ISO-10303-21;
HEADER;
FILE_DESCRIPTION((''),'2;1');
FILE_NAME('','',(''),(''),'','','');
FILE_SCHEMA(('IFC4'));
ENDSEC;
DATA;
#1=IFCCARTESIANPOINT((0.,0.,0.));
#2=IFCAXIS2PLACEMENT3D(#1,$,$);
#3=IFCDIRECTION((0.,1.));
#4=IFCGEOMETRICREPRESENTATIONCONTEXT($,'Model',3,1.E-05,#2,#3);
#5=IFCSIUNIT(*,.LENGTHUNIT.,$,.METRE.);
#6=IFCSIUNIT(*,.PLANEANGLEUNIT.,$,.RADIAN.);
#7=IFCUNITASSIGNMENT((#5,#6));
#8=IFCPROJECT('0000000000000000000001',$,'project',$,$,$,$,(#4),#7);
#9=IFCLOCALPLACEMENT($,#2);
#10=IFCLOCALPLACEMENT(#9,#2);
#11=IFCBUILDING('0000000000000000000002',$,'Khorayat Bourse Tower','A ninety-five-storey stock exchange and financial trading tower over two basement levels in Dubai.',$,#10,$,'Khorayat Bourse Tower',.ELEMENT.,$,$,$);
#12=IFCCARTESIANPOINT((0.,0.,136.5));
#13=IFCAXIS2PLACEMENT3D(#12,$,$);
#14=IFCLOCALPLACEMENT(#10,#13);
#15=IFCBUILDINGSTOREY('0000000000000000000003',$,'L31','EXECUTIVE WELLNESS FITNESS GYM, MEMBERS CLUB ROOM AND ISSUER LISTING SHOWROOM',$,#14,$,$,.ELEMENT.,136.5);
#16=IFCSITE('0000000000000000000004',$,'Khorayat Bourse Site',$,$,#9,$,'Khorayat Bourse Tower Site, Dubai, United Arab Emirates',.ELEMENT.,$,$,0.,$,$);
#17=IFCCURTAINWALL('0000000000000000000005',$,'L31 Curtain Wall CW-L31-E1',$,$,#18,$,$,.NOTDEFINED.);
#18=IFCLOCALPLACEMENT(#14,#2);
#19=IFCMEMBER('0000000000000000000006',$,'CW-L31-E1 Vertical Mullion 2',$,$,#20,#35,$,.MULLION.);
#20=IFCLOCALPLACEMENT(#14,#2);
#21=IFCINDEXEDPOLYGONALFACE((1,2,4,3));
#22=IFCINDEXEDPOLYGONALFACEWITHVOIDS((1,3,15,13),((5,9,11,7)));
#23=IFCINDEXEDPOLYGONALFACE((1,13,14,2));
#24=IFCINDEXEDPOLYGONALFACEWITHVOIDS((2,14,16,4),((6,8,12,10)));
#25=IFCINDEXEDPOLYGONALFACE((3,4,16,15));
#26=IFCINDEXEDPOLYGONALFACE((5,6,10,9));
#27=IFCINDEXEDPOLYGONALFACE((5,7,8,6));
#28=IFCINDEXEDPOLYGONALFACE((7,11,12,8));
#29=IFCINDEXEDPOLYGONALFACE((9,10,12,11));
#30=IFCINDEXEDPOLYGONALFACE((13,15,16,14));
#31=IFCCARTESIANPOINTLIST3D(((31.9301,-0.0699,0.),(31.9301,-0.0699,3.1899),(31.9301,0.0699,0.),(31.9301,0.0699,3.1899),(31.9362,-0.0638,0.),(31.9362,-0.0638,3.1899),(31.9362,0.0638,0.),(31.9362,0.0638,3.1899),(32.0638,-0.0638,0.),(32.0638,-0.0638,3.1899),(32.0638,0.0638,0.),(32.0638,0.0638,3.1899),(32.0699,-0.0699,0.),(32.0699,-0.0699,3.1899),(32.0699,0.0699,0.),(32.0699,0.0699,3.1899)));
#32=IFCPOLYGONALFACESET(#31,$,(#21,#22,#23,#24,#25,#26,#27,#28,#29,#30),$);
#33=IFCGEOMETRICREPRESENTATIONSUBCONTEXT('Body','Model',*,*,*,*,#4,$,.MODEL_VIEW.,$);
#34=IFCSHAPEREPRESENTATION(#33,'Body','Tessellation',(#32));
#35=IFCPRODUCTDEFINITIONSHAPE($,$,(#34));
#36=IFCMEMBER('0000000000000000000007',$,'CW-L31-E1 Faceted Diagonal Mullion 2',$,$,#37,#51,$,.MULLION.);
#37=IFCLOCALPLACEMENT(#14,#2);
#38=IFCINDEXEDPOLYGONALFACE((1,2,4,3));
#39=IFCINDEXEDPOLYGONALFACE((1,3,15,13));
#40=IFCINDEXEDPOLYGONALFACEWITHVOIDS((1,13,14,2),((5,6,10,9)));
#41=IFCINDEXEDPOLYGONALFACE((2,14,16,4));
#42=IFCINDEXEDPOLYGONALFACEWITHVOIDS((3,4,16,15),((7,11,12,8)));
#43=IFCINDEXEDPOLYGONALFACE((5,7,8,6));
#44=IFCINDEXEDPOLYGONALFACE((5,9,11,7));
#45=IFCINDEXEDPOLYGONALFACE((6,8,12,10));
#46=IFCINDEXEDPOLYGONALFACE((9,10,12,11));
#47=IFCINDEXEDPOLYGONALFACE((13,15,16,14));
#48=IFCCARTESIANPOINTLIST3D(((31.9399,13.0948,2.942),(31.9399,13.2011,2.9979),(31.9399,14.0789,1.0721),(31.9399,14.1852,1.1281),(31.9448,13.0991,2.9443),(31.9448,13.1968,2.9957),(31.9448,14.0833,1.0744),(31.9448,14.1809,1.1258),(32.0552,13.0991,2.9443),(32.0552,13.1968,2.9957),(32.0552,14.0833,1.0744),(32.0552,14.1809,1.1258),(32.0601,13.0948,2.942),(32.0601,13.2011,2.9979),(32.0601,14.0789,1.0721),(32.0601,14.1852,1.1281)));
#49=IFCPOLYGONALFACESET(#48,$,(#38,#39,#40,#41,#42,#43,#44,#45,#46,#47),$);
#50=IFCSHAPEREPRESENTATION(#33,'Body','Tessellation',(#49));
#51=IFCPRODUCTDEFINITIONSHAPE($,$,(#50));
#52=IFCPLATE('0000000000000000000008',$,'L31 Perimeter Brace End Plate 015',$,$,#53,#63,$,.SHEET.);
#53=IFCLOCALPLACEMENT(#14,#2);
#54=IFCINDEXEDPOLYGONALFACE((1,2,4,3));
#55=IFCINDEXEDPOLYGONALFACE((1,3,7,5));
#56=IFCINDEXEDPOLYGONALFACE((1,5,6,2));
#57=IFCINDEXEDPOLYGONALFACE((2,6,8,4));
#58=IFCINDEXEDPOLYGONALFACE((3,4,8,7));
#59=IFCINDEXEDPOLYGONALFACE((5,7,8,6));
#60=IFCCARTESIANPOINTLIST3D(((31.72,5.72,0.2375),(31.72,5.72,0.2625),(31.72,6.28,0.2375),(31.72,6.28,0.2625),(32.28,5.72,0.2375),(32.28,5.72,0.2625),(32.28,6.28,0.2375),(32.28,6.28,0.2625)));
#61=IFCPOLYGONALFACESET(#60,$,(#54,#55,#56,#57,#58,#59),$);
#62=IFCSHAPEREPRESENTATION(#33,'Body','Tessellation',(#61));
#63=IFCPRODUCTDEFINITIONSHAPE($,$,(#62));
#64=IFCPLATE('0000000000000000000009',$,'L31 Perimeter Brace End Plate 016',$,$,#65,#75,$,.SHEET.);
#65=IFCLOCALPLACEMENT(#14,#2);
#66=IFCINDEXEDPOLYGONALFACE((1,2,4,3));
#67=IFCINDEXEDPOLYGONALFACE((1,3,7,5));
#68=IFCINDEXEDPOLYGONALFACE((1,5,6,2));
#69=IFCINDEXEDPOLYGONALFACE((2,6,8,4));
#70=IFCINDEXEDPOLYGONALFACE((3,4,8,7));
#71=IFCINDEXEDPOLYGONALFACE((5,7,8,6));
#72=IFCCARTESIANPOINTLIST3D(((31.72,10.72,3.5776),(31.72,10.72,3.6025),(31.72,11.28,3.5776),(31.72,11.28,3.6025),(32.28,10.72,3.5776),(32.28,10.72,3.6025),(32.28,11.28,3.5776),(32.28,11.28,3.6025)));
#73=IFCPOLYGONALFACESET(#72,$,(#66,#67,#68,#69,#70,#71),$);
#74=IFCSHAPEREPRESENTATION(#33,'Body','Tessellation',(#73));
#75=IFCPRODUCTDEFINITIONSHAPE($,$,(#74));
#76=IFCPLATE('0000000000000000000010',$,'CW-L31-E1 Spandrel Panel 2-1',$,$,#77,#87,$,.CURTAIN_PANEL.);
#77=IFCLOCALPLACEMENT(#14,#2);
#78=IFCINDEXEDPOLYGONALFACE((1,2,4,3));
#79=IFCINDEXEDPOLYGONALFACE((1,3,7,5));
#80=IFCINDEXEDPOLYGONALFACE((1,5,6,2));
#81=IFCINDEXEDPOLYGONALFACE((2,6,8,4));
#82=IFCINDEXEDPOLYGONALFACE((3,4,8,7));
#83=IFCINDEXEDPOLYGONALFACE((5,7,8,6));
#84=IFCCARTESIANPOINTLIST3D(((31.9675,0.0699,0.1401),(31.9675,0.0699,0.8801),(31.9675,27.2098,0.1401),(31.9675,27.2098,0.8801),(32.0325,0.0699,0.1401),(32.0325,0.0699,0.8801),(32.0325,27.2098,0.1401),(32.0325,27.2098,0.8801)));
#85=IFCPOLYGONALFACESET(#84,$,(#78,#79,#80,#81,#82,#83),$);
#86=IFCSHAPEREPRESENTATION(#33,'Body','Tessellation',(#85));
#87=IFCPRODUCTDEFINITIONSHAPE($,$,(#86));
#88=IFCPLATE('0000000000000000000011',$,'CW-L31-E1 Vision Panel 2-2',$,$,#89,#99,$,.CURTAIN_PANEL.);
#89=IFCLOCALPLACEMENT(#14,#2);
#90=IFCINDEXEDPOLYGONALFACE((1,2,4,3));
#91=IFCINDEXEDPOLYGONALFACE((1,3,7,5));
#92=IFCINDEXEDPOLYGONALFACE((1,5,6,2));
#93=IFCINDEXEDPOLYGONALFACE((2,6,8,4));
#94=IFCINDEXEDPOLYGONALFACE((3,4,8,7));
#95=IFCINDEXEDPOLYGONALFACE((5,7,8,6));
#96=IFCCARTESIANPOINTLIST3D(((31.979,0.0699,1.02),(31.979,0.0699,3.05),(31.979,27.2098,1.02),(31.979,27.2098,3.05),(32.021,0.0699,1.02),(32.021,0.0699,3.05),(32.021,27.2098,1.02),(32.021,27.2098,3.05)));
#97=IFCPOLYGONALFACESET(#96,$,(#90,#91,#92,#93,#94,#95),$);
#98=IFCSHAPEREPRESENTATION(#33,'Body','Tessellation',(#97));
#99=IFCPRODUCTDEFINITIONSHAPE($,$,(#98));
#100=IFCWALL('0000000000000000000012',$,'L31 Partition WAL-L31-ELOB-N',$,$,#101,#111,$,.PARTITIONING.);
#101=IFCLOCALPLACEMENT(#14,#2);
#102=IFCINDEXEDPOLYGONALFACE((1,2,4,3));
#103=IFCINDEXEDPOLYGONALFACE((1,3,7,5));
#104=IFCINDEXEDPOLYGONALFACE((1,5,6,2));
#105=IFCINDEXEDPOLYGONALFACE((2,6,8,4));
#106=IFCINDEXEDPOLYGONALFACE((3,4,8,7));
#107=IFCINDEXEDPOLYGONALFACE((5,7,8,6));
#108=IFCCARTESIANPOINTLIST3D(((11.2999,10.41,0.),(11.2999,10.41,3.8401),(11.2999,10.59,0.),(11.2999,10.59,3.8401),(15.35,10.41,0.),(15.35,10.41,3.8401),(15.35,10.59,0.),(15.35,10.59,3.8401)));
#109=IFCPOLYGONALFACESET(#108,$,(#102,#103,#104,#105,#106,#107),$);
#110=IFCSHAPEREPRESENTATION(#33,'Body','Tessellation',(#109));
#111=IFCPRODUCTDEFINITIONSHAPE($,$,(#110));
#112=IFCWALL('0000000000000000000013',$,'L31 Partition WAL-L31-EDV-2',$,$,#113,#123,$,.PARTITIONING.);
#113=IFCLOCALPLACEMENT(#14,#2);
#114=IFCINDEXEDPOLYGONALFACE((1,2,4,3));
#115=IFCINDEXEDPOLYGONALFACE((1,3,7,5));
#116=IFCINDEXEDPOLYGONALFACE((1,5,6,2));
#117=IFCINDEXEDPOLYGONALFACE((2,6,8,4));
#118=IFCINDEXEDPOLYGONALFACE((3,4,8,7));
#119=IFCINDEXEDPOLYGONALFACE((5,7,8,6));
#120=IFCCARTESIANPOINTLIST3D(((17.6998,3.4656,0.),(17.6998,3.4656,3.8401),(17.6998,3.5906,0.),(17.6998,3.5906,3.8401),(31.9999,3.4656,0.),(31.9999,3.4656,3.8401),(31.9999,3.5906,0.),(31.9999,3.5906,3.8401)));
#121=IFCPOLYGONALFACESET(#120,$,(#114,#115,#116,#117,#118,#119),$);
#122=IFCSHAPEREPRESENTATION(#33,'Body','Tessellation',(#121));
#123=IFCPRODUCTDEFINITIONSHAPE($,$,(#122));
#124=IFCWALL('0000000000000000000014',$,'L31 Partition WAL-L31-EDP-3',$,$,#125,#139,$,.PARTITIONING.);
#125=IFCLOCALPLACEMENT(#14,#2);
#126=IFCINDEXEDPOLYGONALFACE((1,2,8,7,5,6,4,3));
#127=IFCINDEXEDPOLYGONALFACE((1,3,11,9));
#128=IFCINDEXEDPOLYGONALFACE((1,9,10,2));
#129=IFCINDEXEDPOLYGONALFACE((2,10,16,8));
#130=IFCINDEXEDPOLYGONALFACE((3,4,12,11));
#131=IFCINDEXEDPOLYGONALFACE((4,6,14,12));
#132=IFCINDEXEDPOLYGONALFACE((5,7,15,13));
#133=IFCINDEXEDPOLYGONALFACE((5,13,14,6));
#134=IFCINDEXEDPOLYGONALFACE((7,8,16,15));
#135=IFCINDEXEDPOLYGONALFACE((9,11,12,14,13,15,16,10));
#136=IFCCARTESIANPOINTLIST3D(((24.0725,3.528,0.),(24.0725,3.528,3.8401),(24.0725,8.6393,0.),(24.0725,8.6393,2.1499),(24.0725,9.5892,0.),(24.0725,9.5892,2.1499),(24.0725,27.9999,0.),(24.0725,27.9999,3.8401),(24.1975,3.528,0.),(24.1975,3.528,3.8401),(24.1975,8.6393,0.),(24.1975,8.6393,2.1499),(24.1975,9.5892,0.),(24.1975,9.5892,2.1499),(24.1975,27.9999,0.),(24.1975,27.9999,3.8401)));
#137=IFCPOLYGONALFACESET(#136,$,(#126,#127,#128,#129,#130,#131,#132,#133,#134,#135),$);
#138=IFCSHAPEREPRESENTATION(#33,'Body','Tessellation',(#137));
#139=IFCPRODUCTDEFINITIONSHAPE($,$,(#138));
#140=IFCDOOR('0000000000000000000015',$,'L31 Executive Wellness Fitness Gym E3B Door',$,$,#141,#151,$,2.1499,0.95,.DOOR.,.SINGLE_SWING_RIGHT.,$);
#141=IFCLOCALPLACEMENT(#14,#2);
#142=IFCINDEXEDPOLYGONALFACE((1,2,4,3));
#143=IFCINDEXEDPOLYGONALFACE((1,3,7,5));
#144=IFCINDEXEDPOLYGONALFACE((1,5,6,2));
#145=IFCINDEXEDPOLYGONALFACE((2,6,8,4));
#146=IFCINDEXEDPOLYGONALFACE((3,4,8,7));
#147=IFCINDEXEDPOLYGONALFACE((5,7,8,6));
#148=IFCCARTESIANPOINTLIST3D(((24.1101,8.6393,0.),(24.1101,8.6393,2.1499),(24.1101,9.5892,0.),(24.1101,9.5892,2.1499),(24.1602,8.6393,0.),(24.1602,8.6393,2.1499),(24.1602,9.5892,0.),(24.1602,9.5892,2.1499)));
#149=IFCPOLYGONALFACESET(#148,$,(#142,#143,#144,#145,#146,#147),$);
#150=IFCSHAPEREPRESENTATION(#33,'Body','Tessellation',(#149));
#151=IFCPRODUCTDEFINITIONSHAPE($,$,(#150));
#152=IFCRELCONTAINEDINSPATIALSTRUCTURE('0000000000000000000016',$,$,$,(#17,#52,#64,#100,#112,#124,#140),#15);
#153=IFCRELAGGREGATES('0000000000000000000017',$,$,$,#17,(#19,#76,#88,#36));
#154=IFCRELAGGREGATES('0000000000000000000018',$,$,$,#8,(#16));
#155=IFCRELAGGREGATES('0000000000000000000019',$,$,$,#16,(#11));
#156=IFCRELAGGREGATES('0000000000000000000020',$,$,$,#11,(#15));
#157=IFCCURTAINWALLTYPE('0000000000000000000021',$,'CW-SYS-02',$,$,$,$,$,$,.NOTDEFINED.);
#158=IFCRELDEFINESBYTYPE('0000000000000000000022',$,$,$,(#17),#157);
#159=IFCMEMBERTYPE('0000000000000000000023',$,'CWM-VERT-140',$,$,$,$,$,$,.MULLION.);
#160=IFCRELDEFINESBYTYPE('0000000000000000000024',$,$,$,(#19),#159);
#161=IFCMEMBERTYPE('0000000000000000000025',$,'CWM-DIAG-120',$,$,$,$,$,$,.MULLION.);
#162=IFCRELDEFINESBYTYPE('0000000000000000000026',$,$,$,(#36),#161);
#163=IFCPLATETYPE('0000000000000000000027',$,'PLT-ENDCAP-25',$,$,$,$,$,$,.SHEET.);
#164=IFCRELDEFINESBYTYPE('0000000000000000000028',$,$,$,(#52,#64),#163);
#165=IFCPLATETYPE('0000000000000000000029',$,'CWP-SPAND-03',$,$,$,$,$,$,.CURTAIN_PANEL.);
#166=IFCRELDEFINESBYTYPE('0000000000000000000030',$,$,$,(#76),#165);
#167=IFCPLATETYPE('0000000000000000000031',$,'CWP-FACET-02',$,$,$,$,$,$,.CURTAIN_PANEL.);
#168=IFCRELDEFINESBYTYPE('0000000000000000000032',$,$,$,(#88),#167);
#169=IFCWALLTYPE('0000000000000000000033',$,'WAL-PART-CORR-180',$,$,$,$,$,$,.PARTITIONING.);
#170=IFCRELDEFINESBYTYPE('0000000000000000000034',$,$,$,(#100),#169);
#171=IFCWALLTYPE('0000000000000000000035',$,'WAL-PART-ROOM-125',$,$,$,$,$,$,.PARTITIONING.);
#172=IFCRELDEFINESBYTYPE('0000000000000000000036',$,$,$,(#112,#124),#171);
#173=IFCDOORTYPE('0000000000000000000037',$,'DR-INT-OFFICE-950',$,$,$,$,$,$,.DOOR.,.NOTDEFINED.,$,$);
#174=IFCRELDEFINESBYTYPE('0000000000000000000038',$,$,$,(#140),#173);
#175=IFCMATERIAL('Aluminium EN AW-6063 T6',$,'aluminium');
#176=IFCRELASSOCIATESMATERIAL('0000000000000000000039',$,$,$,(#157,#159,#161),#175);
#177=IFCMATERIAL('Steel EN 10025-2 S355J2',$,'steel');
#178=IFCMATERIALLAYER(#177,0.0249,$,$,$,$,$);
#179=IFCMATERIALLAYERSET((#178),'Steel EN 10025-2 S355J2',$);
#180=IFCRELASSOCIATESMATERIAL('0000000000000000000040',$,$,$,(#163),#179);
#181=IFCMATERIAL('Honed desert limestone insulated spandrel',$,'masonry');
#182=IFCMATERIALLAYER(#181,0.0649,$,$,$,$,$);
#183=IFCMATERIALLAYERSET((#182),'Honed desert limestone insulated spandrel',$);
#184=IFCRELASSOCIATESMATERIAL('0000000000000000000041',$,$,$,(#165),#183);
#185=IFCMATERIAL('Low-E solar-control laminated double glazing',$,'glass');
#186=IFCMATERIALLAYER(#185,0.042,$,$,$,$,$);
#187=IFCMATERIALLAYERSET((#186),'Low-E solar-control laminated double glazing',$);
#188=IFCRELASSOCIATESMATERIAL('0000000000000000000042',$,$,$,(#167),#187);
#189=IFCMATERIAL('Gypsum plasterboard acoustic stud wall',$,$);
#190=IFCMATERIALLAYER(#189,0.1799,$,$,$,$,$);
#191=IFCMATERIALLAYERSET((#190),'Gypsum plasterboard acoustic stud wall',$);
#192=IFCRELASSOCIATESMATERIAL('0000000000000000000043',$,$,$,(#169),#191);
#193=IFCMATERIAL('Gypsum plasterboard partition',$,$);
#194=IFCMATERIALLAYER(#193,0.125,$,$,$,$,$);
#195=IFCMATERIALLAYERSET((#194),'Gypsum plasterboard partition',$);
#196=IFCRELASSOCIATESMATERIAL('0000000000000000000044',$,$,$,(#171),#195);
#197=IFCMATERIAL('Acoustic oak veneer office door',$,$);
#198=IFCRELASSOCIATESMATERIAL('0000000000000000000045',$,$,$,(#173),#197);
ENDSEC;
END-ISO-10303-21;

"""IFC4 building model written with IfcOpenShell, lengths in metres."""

from ifc_helpers import new_model, si_unit, direction, frame, frame_2d, origin, origin_2d, place, context, subcontext, project, spatial, rectangle, hollow_rectangle, extrude, source, transform, mapped, material, layer, layer_set, material_profile, profile_set, type_object, element, fill, aggregate, save


model = new_model("IFC4")

# Units and contexts
model_context = context("Model", 3, precision=1e-05, world=origin(), true_north=direction((0.0, 1.0)))
body_context = subcontext(model_context, "Body", "Model", "MODEL_VIEW")
ifc_project = project(units=[si_unit("LENGTHUNIT", "METRE"), si_unit("PLANEANGLEUNIT", "RADIAN")], contexts=[model_context])

# Site, building, storey
site_placement = place(None, origin())
site = spatial("IfcSite", under=ifc_project, at=site_placement, Name="Khorayat Bourse Site", LongName="Khorayat Bourse Tower Site, Dubai, United Arab Emirates", CompositionType="ELEMENT", RefElevation=0.0)
building_placement = place(site_placement, origin())
building = spatial("IfcBuilding", under=site, at=building_placement, Name="Khorayat Bourse Tower", Description="A ninety-five-storey stock exchange and financial trading tower over two basement levels in Dubai.", LongName="Khorayat Bourse Tower", CompositionType="ELEMENT")
storey_placement = place(building_placement, frame((0.0, 0.0, 136.5)))
storey = spatial("IfcBuildingStorey", under=building, at=storey_placement, Name="L31", Description="EXECUTIVE WELLNESS FITNESS GYM, MEMBERS CLUB ROOM AND ISSUER LISTING SHOWROOM", CompositionType="ELEMENT", Elevation=136.5)

# Curtain wall, members
ifc_material_1 = material(Name="Aluminium EN AW-6063 T6", Category="aluminium")
curtain_wall_type = type_object("IfcCurtainWallType", Name="CW-SYS-02", PredefinedType="NOTDEFINED", material=ifc_material_1)
curtain_wall_placement = place(storey_placement, origin())
curtain_wall = element("IfcCurtainWall", 1, at=curtain_wall_placement, inside=storey, type_object=curtain_wall_type, Name="L31 Curtain Wall CW-L31-E1", PredefinedType="NOTDEFINED")
ifc_material_profile_1 = material_profile(ifc_material_1, hollow_rectangle(XDim=0.1399, YDim=0.1399, WallThickness=0.0061, at=origin_2d()), Name="ALU 140x140x6")
ifc_profile_set_1 = profile_set([ifc_material_profile_1], Name="Aluminium EN AW-6063 T6")
member_type_1 = type_object("IfcMemberType", Name="CWM-VERT-140", PredefinedType="MULLION", material=ifc_profile_set_1)
shared_shape_1 = source(origin(), body_context, "Body", "SweptSolid", [
    extrude(hollow_rectangle(XDim=0.1399, YDim=0.1399, WallThickness=0.0061, at=origin_2d()), origin(), (0.0, 0.0, 1.0), 3.1899),
])
member_1_placement = place(storey_placement, frame((32.0, 0.0, 0.0), z_axis=(0.0, 0.0, 1.0), x_axis=(-1.0, 0.0, 0.0)))
member_1 = element("IfcMember", 2, at=member_1_placement, type_object=member_type_1, Name="CW-L31-E1 Vertical Mullion 2", PredefinedType="MULLION", context=body_context, shape_type="MappedRepresentation", body=[
    mapped(shared_shape_1, transform((0.0, 0.0, 0.0), scale=1.0)),
])
ifc_material_profile_2 = material_profile(ifc_material_1, hollow_rectangle(XDim=0.1201, YDim=0.1201, WallThickness=0.0049, at=origin_2d()), Name="ALU 120x120x5")
ifc_profile_set_2 = profile_set([ifc_material_profile_2], Name="Aluminium EN AW-6063 T6")
member_type_2 = type_object("IfcMemberType", Name="CWM-DIAG-120", PredefinedType="MULLION", material=ifc_profile_set_2)
shared_shape_2 = source(origin(), body_context, "Body", "SweptSolid", [
    extrude(hollow_rectangle(XDim=0.1201, YDim=0.1201, WallThickness=0.0049, at=origin_2d()), origin(), (0.0, 0.0, 1.0), 2.113),
])
member_2_placement = place(storey_placement, frame((32.0, 14.1321, 1.1001), z_axis=(0.0, -0.465742, 0.884921), x_axis=(1.0, 0.0, 0.0)))
member_2 = element("IfcMember", 3, at=member_2_placement, type_object=member_type_2, Name="CW-L31-E1 Faceted Diagonal Mullion 2", PredefinedType="MULLION", context=body_context, shape_type="MappedRepresentation", body=[
    mapped(shared_shape_2, transform((0.0, 0.0, 0.0), scale=1.0)),
])

# Plates
ifc_material_2 = material(Name="Steel EN 10025-2 S355J2", Category="steel")
ifc_layer_1 = layer(ifc_material_2, 0.0249)
ifc_layer_set_1 = layer_set([ifc_layer_1], Name="Steel EN 10025-2 S355J2")
plate_type_1 = type_object("IfcPlateType", Name="PLT-ENDCAP-25", PredefinedType="SHEET", material=ifc_layer_set_1)
shared_shape_3 = source(origin(), body_context, "Body", "SweptSolid", [
    extrude(rectangle(XDim=0.5601, YDim=0.5601, at=origin_2d()), origin(), (0.0, 0.0, 1.0), 0.0249),
])
for number, where, z_axis, x_axis, name in (
    (4, (32.0, 6.0, 0.2375), (0.0, 0.0, 1.0), (1.0, 0.0, 0.0), "L31 Perimeter Brace End Plate 015"),
    (5, (32.0, 11.0, 3.5776), (0.0, 0.0, 1.0), (1.0, 0.0, 0.0), "L31 Perimeter Brace End Plate 016"),
):
    element("IfcPlate", number, at=place(storey_placement, frame(where, z_axis=z_axis, x_axis=x_axis)), inside=storey, type_object=plate_type_1, Name=name, PredefinedType="SHEET", context=body_context, shape_type="MappedRepresentation", body=[
        mapped(shared_shape_3, transform((0.0, 0.0, 0.0), scale=1.0)),
    ])

# Plates
ifc_material_3 = material(Name="Honed desert limestone insulated spandrel", Category="masonry")
ifc_layer_2 = layer(ifc_material_3, 0.0649)
ifc_layer_set_2 = layer_set([ifc_layer_2], Name="Honed desert limestone insulated spandrel")
plate_type_2 = type_object("IfcPlateType", Name="CWP-SPAND-03", PredefinedType="CURTAIN_PANEL", material=ifc_layer_set_2)
shared_shape_4 = source(origin(), body_context, "Body", "SweptSolid", [
    extrude(rectangle(XDim=27.1399, YDim=0.0649, at=origin_2d()), origin(), (0.0, 0.0, 1.0), 0.74),
])
plate_1_placement = place(storey_placement, frame((32.0, 13.6399, 0.1401), z_axis=(0.0, 0.0, 1.0), x_axis=(0.0, 1.0, 0.0)))
plate_1 = element("IfcPlate", 6, at=plate_1_placement, type_object=plate_type_2, Name="CW-L31-E1 Spandrel Panel 2-1", PredefinedType="CURTAIN_PANEL", context=body_context, shape_type="MappedRepresentation", body=[
    mapped(shared_shape_4, transform((0.0, 0.0, 0.0), scale=1.0)),
])
ifc_material_4 = material(Name="Low-E solar-control laminated double glazing", Category="glass")
ifc_layer_3 = layer(ifc_material_4, 0.042)
ifc_layer_set_3 = layer_set([ifc_layer_3], Name="Low-E solar-control laminated double glazing")
plate_type_3 = type_object("IfcPlateType", Name="CWP-FACET-02", PredefinedType="CURTAIN_PANEL", material=ifc_layer_set_3)
shared_shape_5 = source(origin(), body_context, "Body", "SweptSolid", [
    extrude(rectangle(XDim=27.1399, YDim=0.042, at=origin_2d()), origin(), (0.0, 0.0, 1.0), 2.03),
])
plate_2_placement = place(storey_placement, frame((32.0, 13.6399, 1.02), z_axis=(0.0, 0.0, 1.0), x_axis=(0.0, 1.0, 0.0)))
plate_2 = element("IfcPlate", 7, at=plate_2_placement, type_object=plate_type_3, Name="CW-L31-E1 Vision Panel 2-2", PredefinedType="CURTAIN_PANEL", context=body_context, shape_type="MappedRepresentation", body=[
    mapped(shared_shape_5, transform((0.0, 0.0, 0.0), scale=1.0)),
])
aggregate(curtain_wall, [member_1, plate_1, plate_2, member_2])

# Walls
ifc_material_5 = material(Name="Gypsum plasterboard acoustic stud wall")
ifc_layer_4 = layer(ifc_material_5, 0.1799)
ifc_layer_set_4 = layer_set([ifc_layer_4], Name="Gypsum plasterboard acoustic stud wall")
wall_type_1 = type_object("IfcWallType", Name="WAL-PART-CORR-180", PredefinedType="PARTITIONING", material=ifc_layer_set_4)
shared_shape_6 = source(origin(), body_context, "Body", "SweptSolid", [
    extrude(rectangle(XDim=4.05, YDim=0.1799, at=frame_2d((2.0249, 0.0))), origin(), (0.0, 0.0, 1.0), 3.8401),
])
wall_1_placement = place(storey_placement, frame((11.3, 10.5, 0.0), z_axis=(0.0, 0.0, 1.0), x_axis=(1.0, 0.0, 0.0)))
element("IfcWall", 8, at=wall_1_placement, inside=storey, type_object=wall_type_1, Name="L31 Partition WAL-L31-ELOB-N", PredefinedType="PARTITIONING", context=body_context, shape_type="MappedRepresentation", body=[
    mapped(shared_shape_6, transform((0.0, 0.0, 0.0), scale=1.0)),
])
ifc_material_6 = material(Name="Gypsum plasterboard partition")
ifc_layer_5 = layer(ifc_material_6, 0.125)
ifc_layer_set_5 = layer_set([ifc_layer_5], Name="Gypsum plasterboard partition")
wall_type_2 = type_object("IfcWallType", Name="WAL-PART-ROOM-125", PredefinedType="PARTITIONING", material=ifc_layer_set_5)
shared_shape_7 = source(origin(), body_context, "Body", "SweptSolid", [
    extrude(rectangle(XDim=14.3, YDim=0.125, at=frame_2d((7.1499, 0.0))), origin(), (0.0, 0.0, 1.0), 3.8401),
])
wall_2_placement = place(storey_placement, frame((17.7, 3.5281, 0.0), z_axis=(0.0, 0.0, 1.0), x_axis=(1.0, 0.0, 0.0)))
element("IfcWall", 9, at=wall_2_placement, inside=storey, type_object=wall_type_2, Name="L31 Partition WAL-L31-EDV-2", PredefinedType="PARTITIONING", context=body_context, shape_type="MappedRepresentation", body=[
    mapped(shared_shape_7, transform((0.0, 0.0, 0.0), scale=1.0)),
])

# Wall, opening, door
shared_shape_8 = source(origin(), body_context, "Body", "SweptSolid", [
    extrude(rectangle(XDim=24.4719, YDim=0.125, at=frame_2d((12.2358, 0.0))), origin(), (0.0, 0.0, 1.0), 3.8401),
])
wall_3_placement = place(storey_placement, frame((24.135, 3.5281, 0.0), z_axis=(0.0, 0.0, 1.0), x_axis=(0.0, 1.0, 0.0)))
wall_3 = element("IfcWall", 10, at=wall_3_placement, inside=storey, type_object=wall_type_2, Name="L31 Partition WAL-L31-EDP-3", PredefinedType="PARTITIONING", context=body_context, shape_type="MappedRepresentation", body=[
    mapped(shared_shape_8, transform((0.0, 0.0, 0.0), scale=1.0)),
])
shared_shape_9 = source(origin(), body_context, "Body", "SweptSolid", [
    extrude(rectangle(XDim=0.95, YDim=2.1499, at=frame_2d((0.4751, 1.075))), frame((0.0, 0.0725, 0.0), z_axis=(0.0, -1.0, 0.0), x_axis=(1.0, 0.0, 0.0)), (0.0, 0.0, 1.0), 0.145),
])
opening_placement = place(wall_3_placement, frame((5.1111, 0.0, 0.0)))
opening = element("IfcOpeningElement", 11, at=opening_placement, cuts=wall_3, PredefinedType="OPENING", context=body_context, shape_type="MappedRepresentation", body=[
    mapped(shared_shape_9, transform((0.0, 0.0, 0.0), scale=1.0)),
])
ifc_material_7 = material(Name="Acoustic oak veneer office door")
door_type = type_object("IfcDoorType", Name="DR-INT-OFFICE-950", OperationType="NOTDEFINED", PredefinedType="DOOR", material=ifc_material_7)
shared_shape_10 = source(origin(), body_context, "Body", "SweptSolid", [
    extrude(rectangle(XDim=0.95, YDim=2.1499, at=frame_2d((0.4751, 1.075))), frame((0.0, 0.0249, 0.0), z_axis=(0.0, -1.0, 0.0), x_axis=(1.0, 0.0, 0.0)), (0.0, 0.0, 1.0), 0.05),
])
door_placement = place(opening_placement, origin())
door = element("IfcDoor", 12, at=door_placement, inside=storey, type_object=door_type, Name="L31 Executive Wellness Fitness Gym E3B Door", OperationType="SINGLE_SWING_RIGHT", OverallHeight=2.1499, OverallWidth=0.95, PredefinedType="DOOR", context=body_context, shape_type="MappedRepresentation", body=[
    mapped(shared_shape_10, transform((0.0, 0.0, 0.0), scale=1.0)),
])
fill(opening, door)

save(model, "model.ifc")
